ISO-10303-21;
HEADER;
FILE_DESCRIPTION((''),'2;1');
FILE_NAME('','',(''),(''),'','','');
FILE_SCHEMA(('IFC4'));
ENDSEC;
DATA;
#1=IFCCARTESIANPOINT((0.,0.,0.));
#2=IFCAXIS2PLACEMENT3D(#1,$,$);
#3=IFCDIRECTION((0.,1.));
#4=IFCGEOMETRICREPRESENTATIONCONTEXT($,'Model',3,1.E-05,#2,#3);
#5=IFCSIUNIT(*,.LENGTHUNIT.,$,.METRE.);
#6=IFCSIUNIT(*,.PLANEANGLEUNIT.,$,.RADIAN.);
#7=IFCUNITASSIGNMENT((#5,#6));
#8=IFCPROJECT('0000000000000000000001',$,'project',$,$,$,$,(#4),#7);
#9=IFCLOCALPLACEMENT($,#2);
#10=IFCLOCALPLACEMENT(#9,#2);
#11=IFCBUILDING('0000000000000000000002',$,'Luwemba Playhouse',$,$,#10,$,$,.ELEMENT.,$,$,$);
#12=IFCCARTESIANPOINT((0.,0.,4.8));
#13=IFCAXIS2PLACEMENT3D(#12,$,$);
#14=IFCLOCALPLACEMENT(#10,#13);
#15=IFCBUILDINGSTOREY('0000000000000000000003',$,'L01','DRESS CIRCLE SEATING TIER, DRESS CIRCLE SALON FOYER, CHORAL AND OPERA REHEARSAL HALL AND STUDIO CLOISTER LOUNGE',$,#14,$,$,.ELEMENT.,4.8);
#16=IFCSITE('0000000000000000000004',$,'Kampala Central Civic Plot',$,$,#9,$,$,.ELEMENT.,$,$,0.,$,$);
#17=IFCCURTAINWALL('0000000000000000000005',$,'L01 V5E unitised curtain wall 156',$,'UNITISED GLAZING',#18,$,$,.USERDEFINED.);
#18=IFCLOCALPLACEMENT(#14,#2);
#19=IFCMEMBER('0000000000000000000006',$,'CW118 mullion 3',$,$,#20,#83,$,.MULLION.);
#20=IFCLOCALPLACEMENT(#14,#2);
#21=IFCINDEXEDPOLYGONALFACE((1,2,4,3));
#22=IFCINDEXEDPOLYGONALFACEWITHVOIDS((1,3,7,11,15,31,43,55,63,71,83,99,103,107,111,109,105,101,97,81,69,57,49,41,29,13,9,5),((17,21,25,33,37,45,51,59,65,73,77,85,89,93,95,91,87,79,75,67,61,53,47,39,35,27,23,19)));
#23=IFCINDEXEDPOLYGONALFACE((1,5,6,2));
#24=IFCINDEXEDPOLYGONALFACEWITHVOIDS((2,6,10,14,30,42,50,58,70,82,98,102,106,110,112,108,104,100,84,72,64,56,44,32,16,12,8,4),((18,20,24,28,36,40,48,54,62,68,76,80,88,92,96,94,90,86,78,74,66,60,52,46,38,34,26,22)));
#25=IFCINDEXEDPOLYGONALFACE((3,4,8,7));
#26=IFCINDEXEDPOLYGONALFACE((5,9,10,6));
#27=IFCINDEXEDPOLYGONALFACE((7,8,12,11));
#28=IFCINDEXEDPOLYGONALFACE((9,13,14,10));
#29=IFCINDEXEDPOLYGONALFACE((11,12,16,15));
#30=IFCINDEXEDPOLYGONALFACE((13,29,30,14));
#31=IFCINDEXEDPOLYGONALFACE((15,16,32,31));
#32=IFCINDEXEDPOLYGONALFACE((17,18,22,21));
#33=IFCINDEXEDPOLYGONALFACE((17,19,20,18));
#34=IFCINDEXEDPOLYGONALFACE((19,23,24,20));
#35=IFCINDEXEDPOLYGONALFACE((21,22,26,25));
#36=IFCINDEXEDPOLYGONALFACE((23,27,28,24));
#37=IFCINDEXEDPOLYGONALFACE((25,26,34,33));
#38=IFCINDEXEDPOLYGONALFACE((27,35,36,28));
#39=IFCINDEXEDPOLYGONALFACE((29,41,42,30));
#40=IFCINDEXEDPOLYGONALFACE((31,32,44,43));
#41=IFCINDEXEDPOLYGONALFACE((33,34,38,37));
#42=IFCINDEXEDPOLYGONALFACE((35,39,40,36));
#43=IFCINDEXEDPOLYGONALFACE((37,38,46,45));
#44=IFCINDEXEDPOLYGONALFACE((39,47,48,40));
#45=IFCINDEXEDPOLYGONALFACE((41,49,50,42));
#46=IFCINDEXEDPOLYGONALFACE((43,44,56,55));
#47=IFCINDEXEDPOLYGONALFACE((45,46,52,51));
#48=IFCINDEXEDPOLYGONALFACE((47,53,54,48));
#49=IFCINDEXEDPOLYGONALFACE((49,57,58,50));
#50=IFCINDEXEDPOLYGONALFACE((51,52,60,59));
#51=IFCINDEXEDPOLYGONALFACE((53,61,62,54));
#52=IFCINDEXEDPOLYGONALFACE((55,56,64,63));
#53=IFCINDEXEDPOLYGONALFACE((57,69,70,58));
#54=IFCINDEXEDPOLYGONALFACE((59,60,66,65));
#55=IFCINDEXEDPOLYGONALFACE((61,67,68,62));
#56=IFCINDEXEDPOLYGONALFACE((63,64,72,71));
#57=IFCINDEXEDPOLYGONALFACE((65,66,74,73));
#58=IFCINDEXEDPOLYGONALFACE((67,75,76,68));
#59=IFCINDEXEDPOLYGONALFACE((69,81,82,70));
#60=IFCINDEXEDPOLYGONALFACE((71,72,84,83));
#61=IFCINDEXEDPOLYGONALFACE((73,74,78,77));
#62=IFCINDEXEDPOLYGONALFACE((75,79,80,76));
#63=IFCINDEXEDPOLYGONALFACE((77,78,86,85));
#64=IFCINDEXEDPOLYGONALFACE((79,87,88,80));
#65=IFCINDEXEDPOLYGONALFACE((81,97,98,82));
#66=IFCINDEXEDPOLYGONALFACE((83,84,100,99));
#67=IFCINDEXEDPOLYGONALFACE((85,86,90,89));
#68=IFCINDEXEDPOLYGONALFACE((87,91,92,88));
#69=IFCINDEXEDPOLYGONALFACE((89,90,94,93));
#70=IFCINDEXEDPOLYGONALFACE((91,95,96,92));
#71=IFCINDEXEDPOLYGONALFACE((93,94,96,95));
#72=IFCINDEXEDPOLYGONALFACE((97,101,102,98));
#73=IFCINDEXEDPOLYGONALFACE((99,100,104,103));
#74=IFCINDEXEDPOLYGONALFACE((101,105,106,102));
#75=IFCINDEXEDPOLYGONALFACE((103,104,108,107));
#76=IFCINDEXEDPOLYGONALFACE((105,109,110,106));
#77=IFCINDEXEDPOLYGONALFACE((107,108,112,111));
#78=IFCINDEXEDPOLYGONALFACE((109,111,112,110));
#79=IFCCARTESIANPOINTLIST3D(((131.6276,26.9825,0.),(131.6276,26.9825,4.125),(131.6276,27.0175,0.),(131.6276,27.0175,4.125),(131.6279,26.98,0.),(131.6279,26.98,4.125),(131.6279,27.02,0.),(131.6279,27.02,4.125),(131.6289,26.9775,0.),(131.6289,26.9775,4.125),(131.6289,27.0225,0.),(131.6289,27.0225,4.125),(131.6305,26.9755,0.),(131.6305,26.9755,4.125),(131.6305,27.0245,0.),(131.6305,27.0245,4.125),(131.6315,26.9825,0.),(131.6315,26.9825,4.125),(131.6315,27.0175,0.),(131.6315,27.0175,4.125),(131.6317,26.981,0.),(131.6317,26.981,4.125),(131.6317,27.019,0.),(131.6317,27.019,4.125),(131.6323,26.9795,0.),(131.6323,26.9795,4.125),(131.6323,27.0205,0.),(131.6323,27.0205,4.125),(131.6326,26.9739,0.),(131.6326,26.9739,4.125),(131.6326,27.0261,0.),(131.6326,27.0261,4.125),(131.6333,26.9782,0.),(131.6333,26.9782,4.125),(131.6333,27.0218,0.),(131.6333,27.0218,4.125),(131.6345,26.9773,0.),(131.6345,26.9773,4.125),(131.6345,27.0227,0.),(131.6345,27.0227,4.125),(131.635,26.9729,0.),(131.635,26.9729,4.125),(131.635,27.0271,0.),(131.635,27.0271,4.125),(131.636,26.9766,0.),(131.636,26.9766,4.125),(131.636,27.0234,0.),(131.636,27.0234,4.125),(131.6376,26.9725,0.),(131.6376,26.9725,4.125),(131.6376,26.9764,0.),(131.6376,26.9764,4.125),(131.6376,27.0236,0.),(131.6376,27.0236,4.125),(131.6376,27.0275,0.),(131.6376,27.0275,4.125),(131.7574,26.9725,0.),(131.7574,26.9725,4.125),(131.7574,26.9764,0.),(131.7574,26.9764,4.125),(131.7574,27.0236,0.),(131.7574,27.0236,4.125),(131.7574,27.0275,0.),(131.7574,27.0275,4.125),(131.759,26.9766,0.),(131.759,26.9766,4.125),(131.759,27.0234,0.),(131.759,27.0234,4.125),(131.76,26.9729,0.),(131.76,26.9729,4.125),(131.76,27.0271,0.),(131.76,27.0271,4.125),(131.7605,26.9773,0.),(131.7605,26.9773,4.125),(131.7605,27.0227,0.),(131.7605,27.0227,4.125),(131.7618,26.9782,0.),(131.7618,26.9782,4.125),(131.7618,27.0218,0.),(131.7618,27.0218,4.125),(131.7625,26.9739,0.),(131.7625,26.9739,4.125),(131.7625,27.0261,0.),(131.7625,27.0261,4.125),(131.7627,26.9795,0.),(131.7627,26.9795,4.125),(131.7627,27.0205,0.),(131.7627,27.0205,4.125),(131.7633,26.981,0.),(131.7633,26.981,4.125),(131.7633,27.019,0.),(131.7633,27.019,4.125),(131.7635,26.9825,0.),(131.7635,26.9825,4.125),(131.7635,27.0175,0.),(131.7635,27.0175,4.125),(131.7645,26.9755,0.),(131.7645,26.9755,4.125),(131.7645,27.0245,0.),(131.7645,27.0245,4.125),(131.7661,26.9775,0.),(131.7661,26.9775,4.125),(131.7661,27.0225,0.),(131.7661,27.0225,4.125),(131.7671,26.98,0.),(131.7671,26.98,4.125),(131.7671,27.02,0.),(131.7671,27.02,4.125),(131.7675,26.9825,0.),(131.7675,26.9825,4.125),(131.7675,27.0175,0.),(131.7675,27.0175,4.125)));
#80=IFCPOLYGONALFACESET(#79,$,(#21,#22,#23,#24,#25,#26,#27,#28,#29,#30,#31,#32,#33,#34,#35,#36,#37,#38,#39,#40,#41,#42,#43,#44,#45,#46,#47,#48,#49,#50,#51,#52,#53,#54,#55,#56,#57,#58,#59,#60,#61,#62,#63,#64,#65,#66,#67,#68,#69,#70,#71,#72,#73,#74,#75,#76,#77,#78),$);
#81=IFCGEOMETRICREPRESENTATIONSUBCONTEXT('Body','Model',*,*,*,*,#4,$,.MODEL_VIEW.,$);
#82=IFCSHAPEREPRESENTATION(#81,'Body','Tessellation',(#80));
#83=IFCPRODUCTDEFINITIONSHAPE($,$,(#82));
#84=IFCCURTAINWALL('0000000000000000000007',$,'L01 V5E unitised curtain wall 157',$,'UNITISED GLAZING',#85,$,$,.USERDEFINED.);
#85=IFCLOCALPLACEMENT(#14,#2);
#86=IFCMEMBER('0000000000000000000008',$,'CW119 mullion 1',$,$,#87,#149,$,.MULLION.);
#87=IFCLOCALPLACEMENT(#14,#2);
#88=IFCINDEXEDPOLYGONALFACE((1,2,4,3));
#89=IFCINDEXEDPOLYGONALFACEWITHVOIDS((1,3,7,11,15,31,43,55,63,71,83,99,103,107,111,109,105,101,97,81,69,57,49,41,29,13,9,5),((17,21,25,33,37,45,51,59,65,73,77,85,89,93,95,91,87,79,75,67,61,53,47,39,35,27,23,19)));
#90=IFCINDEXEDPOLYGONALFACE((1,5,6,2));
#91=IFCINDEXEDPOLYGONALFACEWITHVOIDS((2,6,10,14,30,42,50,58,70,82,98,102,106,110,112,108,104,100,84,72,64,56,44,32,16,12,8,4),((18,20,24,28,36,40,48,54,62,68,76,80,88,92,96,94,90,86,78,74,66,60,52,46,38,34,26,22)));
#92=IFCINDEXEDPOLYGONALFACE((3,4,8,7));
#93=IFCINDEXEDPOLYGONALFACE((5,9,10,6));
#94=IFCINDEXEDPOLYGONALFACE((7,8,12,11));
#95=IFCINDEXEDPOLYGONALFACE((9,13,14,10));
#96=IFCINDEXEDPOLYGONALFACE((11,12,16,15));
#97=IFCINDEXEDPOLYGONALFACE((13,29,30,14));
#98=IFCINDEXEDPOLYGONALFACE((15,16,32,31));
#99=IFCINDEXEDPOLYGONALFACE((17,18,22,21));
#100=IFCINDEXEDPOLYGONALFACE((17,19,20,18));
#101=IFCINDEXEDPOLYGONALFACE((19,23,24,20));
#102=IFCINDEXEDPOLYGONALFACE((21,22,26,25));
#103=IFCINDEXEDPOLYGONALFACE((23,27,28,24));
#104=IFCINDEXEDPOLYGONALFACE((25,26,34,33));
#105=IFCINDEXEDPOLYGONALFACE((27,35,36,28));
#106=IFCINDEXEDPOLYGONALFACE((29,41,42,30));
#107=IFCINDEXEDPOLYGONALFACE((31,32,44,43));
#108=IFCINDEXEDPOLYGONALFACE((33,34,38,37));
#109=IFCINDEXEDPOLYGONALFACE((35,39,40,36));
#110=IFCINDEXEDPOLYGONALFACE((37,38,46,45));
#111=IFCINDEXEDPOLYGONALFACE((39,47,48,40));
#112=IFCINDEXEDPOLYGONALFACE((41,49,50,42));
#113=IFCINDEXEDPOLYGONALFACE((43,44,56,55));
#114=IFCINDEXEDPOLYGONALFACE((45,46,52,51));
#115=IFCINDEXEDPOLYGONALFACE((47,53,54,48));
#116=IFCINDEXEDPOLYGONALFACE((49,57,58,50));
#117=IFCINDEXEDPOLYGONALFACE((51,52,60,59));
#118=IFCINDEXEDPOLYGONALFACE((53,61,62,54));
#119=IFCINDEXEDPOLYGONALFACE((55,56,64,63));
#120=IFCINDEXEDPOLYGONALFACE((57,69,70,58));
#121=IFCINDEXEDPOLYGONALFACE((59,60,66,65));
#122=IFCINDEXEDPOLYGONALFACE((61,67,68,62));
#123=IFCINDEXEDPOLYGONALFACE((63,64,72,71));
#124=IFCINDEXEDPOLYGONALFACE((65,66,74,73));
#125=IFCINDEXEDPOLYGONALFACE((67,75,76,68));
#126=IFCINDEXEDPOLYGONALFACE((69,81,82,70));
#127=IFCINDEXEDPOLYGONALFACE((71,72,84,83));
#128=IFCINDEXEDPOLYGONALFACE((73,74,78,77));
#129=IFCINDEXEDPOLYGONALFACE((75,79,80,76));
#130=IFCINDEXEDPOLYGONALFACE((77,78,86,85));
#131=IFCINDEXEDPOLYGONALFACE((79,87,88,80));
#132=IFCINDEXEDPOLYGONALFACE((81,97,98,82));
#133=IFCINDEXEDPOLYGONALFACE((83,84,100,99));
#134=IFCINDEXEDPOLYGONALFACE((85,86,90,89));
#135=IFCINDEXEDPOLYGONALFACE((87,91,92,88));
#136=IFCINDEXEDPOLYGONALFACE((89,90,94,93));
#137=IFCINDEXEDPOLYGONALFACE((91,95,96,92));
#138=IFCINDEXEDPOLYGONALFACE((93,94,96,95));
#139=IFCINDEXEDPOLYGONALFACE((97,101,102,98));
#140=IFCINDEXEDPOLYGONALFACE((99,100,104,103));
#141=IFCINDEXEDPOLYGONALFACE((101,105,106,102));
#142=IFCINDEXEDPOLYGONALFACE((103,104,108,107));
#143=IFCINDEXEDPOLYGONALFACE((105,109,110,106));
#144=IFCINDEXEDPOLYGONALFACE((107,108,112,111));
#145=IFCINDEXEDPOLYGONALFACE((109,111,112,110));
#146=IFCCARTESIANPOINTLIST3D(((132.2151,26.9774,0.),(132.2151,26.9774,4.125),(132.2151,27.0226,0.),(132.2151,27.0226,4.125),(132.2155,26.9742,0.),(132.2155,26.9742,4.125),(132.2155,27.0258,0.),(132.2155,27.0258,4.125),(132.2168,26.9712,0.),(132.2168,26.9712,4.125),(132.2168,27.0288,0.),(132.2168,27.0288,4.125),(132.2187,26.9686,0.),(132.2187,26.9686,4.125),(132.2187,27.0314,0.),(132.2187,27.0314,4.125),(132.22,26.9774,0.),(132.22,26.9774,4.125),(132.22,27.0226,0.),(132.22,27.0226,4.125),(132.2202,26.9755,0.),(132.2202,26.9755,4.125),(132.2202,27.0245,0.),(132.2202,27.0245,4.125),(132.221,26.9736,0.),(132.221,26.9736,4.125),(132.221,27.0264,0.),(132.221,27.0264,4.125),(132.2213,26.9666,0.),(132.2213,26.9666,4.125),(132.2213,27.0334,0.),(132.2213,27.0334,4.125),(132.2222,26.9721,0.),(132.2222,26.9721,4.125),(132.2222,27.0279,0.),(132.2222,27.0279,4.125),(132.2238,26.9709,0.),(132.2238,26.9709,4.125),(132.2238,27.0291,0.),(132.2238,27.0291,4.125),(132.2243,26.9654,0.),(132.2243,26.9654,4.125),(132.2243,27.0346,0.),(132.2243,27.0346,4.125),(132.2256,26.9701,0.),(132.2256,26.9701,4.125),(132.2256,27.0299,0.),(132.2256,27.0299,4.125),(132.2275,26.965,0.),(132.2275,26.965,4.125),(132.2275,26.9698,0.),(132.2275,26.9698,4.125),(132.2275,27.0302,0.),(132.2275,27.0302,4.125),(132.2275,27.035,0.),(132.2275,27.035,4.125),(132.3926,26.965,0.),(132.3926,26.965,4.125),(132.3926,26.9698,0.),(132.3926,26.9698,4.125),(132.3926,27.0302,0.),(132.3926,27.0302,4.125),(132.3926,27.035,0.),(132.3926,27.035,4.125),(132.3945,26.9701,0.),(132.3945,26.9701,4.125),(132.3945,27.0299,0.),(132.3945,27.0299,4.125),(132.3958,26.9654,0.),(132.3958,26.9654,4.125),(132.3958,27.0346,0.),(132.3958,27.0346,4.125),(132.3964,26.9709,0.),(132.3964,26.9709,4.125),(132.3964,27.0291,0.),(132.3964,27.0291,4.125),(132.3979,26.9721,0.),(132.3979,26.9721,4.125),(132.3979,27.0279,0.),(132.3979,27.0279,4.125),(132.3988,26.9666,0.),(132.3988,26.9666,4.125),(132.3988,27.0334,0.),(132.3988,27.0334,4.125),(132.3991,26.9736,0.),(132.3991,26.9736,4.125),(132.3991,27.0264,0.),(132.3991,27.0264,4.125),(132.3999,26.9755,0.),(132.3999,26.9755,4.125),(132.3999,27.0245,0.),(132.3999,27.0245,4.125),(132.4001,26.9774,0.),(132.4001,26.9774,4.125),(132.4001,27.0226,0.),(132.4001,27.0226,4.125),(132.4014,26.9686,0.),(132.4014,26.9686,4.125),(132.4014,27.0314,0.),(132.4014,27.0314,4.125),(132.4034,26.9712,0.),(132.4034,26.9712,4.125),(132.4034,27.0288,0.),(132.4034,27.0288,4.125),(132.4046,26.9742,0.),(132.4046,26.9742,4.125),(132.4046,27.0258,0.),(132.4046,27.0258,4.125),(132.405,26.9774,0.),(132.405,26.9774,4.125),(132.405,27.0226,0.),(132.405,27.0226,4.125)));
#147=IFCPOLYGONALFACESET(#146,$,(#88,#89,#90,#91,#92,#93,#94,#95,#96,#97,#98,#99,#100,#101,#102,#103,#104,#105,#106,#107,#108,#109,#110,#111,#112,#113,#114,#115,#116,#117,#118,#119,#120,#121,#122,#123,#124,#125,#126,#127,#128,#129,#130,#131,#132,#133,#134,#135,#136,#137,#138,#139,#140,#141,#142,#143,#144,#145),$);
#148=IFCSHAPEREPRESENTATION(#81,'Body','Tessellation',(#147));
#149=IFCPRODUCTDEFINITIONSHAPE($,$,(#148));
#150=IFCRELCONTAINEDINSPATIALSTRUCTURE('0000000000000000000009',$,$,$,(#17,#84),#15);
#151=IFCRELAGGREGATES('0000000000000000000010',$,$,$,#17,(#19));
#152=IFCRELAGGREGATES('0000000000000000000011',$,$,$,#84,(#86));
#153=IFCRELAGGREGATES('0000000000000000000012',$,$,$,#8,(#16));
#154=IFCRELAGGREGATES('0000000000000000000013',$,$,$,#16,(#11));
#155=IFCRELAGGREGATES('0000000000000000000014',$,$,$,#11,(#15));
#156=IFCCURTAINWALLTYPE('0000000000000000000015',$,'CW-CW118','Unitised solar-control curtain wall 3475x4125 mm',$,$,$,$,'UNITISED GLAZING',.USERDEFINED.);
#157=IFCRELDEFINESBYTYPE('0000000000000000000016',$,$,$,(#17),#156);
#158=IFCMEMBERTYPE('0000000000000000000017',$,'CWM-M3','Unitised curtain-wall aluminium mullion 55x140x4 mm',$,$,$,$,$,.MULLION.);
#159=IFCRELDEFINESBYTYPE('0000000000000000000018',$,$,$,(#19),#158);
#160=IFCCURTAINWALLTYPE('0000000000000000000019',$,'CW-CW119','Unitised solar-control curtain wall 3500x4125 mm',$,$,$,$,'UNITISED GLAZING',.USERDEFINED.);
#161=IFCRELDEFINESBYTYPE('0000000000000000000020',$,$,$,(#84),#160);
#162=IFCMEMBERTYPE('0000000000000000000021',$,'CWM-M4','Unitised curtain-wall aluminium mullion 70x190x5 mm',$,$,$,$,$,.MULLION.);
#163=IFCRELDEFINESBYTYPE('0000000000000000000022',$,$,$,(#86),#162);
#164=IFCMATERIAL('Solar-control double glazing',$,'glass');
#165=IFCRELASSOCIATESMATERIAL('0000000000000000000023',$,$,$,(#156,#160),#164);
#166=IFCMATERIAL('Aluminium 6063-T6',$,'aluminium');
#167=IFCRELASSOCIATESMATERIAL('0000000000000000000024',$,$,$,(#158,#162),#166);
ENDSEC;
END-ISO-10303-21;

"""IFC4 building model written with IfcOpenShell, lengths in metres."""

from ifc_helpers import new_model, si_unit, direction, frame, origin, origin_2d, place, context, subcontext, project, spatial, hollow_rectangle, extrude, material, material_profile, profile_set, type_object, element, aggregate, save


model = new_model("IFC4")

# Units and contexts
model_context = context("Model", 3, precision=1e-05, world=origin(), true_north=direction((0.0, 1.0)))
body_context = subcontext(model_context, "Body", "Model", "MODEL_VIEW")
ifc_project = project(units=[si_unit("LENGTHUNIT", "METRE"), si_unit("PLANEANGLEUNIT", "RADIAN")], contexts=[model_context])

# Site, building, storey
site_placement = place(None, origin())
site = spatial("IfcSite", under=ifc_project, at=site_placement, Name="Kampala Central Civic Plot", CompositionType="ELEMENT", RefElevation=0.0)
building_placement = place(site_placement, origin())
building = spatial("IfcBuilding", under=site, at=building_placement, Name="Luwemba Playhouse", CompositionType="ELEMENT")
storey_placement = place(building_placement, frame((0.0, 0.0, 4.8)))
storey = spatial("IfcBuildingStorey", under=building, at=storey_placement, Name="L01", Description="DRESS CIRCLE SEATING TIER, DRESS CIRCLE SALON FOYER, CHORAL AND OPERA REHEARSAL HALL AND STUDIO CLOISTER LOUNGE", CompositionType="ELEMENT", Elevation=4.8)

# Curtain wall, member
ifc_material_1 = material(Name="Solar-control double glazing", Category="glass")
curtain_wall_type_1 = type_object("IfcCurtainWallType", Name="CW-CW118", Description="Unitised solar-control curtain wall 3475x4125 mm", ElementType="UNITISED GLAZING", PredefinedType="USERDEFINED", material=ifc_material_1)
curtain_wall_1_placement = place(storey_placement, origin())
curtain_wall_1 = element("IfcCurtainWall", 1, at=curtain_wall_1_placement, inside=storey, type_object=curtain_wall_type_1, Name="L01 V5E unitised curtain wall 156", ObjectType="UNITISED GLAZING", PredefinedType="USERDEFINED")
ifc_material_2 = material(Name="Aluminium 6063-T6", Category="aluminium")
ifc_material_profile_1 = material_profile(ifc_material_2, hollow_rectangle(XDim=0.0549, YDim=0.1399, WallThickness=0.0039, InnerFilletRadius=0.0061, OuterFilletRadius=0.01, at=origin_2d()))
ifc_profile_set_1 = profile_set([ifc_material_profile_1], Name="Aluminium 6063-T6")
member_type_1 = type_object("IfcMemberType", Name="CWM-M3", Description="Unitised curtain-wall aluminium mullion 55x140x4 mm", PredefinedType="MULLION", material=ifc_profile_set_1)
member_1_placement = place(storey_placement, frame((131.6975, 27.0, 0.0), z_axis=(0.0, 0.0, 1.0), x_axis=(0.0, 1.0, 0.0)))
member_1 = element("IfcMember", 2, at=member_1_placement, type_object=member_type_1, Name="CW118 mullion 3", PredefinedType="MULLION", context=body_context, shape_type="SweptSolid", body=[
    extrude(hollow_rectangle(XDim=0.0549, YDim=0.1399, WallThickness=0.0039, InnerFilletRadius=0.0061, OuterFilletRadius=0.01, at=origin_2d()), origin(), (0.0, 0.0, 1.0), 4.125),
])

# Curtain wall, member
curtain_wall_type_2 = type_object("IfcCurtainWallType", Name="CW-CW119", Description="Unitised solar-control curtain wall 3500x4125 mm", ElementType="UNITISED GLAZING", PredefinedType="USERDEFINED", material=ifc_material_1)
curtain_wall_2_placement = place(storey_placement, origin())
curtain_wall_2 = element("IfcCurtainWall", 3, at=curtain_wall_2_placement, inside=storey, type_object=curtain_wall_type_2, Name="L01 V5E unitised curtain wall 157", ObjectType="UNITISED GLAZING", PredefinedType="USERDEFINED")
ifc_material_profile_2 = material_profile(ifc_material_2, hollow_rectangle(XDim=0.0701, YDim=0.1899, WallThickness=0.0049, InnerFilletRadius=0.0076, OuterFilletRadius=0.0125, at=origin_2d()))
ifc_profile_set_2 = profile_set([ifc_material_profile_2], Name="Aluminium 6063-T6")
member_type_2 = type_object("IfcMemberType", Name="CWM-M4", Description="Unitised curtain-wall aluminium mullion 70x190x5 mm", PredefinedType="MULLION", material=ifc_profile_set_2)
member_2_placement = place(storey_placement, frame((132.3101, 27.0, 0.0), z_axis=(0.0, 0.0, 1.0), x_axis=(0.0, 1.0, 0.0)))
member_2 = element("IfcMember", 4, at=member_2_placement, type_object=member_type_2, Name="CW119 mullion 1", PredefinedType="MULLION", context=body_context, shape_type="SweptSolid", body=[
    extrude(hollow_rectangle(XDim=0.0701, YDim=0.1899, WallThickness=0.0049, InnerFilletRadius=0.0076, OuterFilletRadius=0.0125, at=origin_2d()), origin(), (0.0, 0.0, 1.0), 4.125),
])

aggregate(curtain_wall_1, [member_1])
aggregate(curtain_wall_2, [member_2])

save(model, "model.ifc")
